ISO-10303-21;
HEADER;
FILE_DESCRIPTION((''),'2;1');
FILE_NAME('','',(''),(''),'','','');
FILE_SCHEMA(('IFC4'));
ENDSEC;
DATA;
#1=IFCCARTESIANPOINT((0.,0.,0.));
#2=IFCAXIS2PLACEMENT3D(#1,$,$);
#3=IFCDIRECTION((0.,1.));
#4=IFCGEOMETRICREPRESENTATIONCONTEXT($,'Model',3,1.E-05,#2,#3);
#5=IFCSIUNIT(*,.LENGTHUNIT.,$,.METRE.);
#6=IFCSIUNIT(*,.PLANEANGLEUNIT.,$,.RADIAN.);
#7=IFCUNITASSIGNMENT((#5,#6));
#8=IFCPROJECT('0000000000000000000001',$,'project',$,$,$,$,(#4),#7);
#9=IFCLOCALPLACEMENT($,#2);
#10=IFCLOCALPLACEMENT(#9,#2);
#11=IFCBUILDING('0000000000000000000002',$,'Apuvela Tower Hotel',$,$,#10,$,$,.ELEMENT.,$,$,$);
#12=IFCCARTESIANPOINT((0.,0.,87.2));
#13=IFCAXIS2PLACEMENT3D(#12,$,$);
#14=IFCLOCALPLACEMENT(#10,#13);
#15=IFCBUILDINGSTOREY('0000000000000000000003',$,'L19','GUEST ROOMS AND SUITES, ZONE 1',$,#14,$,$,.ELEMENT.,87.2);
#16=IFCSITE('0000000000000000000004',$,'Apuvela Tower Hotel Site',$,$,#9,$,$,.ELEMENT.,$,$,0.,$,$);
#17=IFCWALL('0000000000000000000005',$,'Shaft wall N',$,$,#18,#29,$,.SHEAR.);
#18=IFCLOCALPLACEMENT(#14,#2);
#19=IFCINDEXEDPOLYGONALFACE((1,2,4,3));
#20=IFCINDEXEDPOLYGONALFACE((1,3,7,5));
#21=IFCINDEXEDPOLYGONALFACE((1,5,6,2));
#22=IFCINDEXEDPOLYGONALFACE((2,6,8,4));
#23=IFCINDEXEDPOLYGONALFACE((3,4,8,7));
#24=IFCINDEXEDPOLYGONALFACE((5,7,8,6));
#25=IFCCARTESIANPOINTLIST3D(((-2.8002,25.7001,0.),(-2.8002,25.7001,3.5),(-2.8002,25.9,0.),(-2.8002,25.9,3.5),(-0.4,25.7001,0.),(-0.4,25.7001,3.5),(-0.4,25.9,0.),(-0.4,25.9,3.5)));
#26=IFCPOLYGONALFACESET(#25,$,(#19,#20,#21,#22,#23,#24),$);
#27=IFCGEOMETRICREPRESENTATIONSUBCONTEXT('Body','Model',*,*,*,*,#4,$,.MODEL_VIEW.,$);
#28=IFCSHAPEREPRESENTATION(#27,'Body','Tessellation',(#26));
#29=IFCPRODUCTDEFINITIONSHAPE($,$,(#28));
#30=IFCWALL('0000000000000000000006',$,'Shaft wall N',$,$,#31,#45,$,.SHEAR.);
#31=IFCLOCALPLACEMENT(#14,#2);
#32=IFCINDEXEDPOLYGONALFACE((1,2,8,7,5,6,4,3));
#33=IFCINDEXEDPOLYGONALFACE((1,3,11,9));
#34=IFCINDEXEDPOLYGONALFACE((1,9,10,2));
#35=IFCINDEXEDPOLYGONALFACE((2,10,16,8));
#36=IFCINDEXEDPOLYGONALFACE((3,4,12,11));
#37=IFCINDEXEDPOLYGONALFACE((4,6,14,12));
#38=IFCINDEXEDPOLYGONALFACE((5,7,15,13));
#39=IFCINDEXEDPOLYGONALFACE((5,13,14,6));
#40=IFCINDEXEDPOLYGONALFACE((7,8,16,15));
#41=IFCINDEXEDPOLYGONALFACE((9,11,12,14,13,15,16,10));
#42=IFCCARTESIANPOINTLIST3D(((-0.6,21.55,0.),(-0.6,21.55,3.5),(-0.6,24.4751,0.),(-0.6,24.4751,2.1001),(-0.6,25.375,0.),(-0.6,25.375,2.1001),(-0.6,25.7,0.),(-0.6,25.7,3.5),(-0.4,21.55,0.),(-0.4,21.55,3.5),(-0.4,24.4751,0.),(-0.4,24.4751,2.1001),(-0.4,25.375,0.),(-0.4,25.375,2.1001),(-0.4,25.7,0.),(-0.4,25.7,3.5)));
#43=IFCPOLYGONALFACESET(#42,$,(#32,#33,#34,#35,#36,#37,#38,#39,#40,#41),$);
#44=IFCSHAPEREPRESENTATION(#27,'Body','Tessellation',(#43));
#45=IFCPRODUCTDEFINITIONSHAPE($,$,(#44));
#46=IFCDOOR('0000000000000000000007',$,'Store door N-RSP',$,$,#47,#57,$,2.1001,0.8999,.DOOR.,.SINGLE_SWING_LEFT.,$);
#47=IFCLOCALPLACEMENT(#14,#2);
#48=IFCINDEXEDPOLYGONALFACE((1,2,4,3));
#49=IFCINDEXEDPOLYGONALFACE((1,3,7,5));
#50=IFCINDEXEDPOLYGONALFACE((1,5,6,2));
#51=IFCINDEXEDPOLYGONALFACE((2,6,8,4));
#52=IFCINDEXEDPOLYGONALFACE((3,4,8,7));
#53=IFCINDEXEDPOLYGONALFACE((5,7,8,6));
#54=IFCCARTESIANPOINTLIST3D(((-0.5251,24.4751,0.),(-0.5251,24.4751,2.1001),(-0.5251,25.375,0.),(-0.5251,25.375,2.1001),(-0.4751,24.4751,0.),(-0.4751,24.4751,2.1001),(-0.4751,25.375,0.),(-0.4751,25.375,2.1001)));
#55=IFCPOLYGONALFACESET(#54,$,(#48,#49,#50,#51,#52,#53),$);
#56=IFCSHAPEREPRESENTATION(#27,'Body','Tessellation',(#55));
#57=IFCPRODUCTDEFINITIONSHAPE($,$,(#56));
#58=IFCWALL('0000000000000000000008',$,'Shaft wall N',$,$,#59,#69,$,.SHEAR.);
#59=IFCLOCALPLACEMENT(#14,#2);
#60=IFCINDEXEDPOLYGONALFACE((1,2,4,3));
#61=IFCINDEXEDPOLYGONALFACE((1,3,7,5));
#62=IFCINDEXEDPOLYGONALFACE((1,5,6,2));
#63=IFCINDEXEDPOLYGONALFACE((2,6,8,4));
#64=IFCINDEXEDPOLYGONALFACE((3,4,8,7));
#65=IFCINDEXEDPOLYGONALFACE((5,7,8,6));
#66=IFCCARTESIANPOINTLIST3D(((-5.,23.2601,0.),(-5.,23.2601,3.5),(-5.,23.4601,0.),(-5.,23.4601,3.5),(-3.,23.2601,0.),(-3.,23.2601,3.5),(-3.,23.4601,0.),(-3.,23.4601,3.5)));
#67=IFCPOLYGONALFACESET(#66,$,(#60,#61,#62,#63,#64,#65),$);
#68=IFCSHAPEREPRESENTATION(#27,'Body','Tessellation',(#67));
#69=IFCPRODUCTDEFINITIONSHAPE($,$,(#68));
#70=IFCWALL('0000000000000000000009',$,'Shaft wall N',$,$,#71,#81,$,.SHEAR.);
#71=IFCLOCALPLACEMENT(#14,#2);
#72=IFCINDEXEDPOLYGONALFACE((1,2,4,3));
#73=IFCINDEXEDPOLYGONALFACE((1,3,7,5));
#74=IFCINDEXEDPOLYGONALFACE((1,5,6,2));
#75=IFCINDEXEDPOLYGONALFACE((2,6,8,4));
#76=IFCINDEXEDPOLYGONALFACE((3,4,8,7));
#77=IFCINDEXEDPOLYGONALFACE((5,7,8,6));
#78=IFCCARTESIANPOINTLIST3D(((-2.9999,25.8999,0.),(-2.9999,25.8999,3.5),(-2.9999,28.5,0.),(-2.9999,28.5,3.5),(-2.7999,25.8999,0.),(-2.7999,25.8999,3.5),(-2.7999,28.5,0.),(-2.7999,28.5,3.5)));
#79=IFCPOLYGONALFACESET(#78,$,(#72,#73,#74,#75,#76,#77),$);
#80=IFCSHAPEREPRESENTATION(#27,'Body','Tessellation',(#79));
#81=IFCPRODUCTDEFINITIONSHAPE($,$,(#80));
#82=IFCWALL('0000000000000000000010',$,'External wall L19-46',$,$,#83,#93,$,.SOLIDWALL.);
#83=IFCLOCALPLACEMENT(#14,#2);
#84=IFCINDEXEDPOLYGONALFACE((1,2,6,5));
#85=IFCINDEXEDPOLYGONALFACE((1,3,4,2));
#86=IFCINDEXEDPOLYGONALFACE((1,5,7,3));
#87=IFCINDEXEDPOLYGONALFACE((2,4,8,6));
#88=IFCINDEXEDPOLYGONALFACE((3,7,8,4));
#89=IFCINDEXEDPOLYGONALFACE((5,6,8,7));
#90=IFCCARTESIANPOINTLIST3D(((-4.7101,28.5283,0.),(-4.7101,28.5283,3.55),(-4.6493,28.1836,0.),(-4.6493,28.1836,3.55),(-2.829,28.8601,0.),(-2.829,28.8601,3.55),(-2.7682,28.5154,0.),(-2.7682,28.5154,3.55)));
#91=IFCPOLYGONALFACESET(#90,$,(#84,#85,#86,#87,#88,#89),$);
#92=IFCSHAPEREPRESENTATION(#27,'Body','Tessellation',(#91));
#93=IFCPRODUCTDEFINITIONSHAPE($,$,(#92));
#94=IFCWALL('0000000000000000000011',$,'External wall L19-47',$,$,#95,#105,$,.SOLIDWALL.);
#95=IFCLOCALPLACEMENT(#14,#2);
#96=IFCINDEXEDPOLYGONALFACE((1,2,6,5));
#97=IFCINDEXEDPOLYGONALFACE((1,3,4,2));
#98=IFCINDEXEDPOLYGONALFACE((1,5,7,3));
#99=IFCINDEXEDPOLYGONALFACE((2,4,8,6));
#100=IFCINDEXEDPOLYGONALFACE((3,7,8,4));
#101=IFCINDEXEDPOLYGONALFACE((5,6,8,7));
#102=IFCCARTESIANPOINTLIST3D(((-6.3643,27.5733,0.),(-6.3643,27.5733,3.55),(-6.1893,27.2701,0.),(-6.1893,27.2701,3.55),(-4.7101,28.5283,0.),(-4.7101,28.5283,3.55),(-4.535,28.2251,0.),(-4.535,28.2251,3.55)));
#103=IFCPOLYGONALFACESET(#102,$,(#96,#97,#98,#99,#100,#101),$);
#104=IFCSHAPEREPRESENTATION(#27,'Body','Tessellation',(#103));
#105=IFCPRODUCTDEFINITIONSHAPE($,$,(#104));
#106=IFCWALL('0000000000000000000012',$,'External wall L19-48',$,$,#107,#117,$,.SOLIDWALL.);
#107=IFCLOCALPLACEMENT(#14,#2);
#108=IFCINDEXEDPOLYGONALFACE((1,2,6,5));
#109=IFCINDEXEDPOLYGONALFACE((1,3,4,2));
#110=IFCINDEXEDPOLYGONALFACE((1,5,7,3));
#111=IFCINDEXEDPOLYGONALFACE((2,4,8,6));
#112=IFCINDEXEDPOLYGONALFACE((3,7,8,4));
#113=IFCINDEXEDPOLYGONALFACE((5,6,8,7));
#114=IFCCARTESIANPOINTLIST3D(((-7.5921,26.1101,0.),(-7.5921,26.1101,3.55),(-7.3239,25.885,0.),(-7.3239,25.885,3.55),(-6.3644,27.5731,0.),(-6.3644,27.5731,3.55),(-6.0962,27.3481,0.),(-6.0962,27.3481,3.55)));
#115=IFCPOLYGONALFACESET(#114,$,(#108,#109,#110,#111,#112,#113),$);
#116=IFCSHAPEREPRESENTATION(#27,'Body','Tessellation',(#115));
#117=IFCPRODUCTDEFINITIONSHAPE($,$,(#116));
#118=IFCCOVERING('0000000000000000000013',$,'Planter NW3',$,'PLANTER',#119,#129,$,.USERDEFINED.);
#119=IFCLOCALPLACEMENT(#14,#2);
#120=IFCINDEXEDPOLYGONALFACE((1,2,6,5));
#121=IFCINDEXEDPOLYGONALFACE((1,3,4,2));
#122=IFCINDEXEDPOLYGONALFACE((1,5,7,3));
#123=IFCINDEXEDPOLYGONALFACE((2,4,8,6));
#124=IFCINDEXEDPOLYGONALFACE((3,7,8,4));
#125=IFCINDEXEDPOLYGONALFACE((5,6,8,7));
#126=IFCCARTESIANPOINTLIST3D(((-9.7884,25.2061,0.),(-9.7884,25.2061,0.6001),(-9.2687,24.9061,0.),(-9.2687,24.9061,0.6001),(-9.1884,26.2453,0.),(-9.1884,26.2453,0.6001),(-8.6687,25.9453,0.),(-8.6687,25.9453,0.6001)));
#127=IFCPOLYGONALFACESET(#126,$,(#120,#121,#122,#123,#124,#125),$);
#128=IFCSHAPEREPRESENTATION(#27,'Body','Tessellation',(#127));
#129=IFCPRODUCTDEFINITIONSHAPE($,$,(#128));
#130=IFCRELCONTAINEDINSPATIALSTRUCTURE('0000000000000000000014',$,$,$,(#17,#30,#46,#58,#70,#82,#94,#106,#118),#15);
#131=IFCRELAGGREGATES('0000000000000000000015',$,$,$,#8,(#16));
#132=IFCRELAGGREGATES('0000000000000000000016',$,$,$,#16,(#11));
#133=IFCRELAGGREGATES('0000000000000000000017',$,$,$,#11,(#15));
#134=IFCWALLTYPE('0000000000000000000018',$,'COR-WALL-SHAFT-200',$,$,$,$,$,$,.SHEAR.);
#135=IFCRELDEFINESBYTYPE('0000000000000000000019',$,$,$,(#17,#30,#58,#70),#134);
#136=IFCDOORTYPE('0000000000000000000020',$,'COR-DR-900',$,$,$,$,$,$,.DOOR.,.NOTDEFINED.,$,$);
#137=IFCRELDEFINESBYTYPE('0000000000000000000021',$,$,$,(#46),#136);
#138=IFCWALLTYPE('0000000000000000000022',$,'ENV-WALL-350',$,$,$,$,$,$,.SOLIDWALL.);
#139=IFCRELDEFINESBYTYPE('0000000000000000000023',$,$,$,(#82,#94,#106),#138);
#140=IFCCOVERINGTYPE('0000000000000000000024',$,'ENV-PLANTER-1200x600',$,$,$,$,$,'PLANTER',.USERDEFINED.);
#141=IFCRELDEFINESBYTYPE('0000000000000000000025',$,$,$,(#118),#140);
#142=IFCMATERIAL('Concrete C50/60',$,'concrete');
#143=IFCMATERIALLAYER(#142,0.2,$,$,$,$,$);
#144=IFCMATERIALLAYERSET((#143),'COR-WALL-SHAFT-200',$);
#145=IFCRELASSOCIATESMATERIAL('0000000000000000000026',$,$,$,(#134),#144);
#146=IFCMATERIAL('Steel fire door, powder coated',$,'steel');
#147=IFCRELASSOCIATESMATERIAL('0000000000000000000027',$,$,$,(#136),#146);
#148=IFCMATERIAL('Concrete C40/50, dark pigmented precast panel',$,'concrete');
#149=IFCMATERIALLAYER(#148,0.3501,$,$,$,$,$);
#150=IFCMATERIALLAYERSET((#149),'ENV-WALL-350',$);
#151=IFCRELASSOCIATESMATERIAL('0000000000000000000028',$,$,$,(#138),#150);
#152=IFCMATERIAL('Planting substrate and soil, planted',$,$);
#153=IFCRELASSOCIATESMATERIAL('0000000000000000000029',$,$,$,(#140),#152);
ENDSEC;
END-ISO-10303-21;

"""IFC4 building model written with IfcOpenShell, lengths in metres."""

from ifc_helpers import new_model, si_unit, direction, frame, frame_2d, origin, origin_2d, place, context, subcontext, project, spatial, rectangle, extrude, material, layer, layer_set, type_object, element, fill, save


model = new_model("IFC4")

# Units and contexts
model_context = context("Model", 3, precision=1e-05, world=origin(), true_north=direction((0.0, 1.0)))
body_context = subcontext(model_context, "Body", "Model", "MODEL_VIEW")
ifc_project = project(units=[si_unit("LENGTHUNIT", "METRE"), si_unit("PLANEANGLEUNIT", "RADIAN")], contexts=[model_context])

# Site, building, storey
site_placement = place(None, origin())
site = spatial("IfcSite", under=ifc_project, at=site_placement, Name="Apuvela Tower Hotel Site", CompositionType="ELEMENT", RefElevation=0.0)
building_placement = place(site_placement, origin())
building = spatial("IfcBuilding", under=site, at=building_placement, Name="Apuvela Tower Hotel", CompositionType="ELEMENT")
storey_placement = place(building_placement, frame((0.0, 0.0, 87.2)))
storey = spatial("IfcBuildingStorey", under=building, at=storey_placement, Name="L19", Description="GUEST ROOMS AND SUITES, ZONE 1", CompositionType="ELEMENT", Elevation=87.2)

# Wall
ifc_material_1 = material(Name="Concrete C50/60", Category="concrete")
ifc_layer_1 = layer(ifc_material_1, 0.2)
ifc_layer_set_1 = layer_set([ifc_layer_1], Name="COR-WALL-SHAFT-200")
wall_type_1 = type_object("IfcWallType", Name="COR-WALL-SHAFT-200", PredefinedType="SHEAR", material=ifc_layer_set_1)
wall_1_placement = place(storey_placement, frame((-0.3999, 25.8, 0.0), z_axis=(0.0, 0.0, 1.0), x_axis=(-1.0, 0.0, 0.0)))
element("IfcWall", 1, at=wall_1_placement, inside=storey, type_object=wall_type_1, Name="Shaft wall N", PredefinedType="SHEAR", context=body_context, shape_type="SweptSolid", body=[
    extrude(rectangle(XDim=2.4001, YDim=0.2, at=frame_2d((1.2002, 0.0))), origin(), (0.0, 0.0, 1.0), 3.5),
])

# Wall, opening, door
wall_2_placement = place(storey_placement, frame((-0.5, 21.55, 0.0), z_axis=(0.0, 0.0, 1.0), x_axis=(0.0, 1.0, 0.0)))
wall_2 = element("IfcWall", 2, at=wall_2_placement, inside=storey, type_object=wall_type_1, Name="Shaft wall N", PredefinedType="SHEAR", context=body_context, shape_type="SweptSolid", body=[
    extrude(rectangle(XDim=4.1499, YDim=0.2, at=frame_2d((2.075, 0.0))), origin(), (0.0, 0.0, 1.0), 3.5),
])
opening_1_placement = place(wall_2_placement, frame((2.925, 0.0, 0.0)))
opening_1 = element("IfcOpeningElement", 3, at=opening_1_placement, cuts=wall_2, PredefinedType="OPENING", context=body_context, shape_type="SweptSolid", body=[
    extrude(rectangle(XDim=0.8999, YDim=2.1001, at=frame_2d((0.45, 1.05))), frame((0.0, 0.1099, 0.0), z_axis=(0.0, -1.0, 0.0), x_axis=(1.0, 0.0, 0.0)), (0.0, 0.0, 1.0), 0.22),
])
ifc_material_2 = material(Name="Steel fire door, powder coated", Category="steel")
door_type_1 = type_object("IfcDoorType", Name="COR-DR-900", OperationType="NOTDEFINED", PredefinedType="DOOR", material=ifc_material_2)
door_1_placement = place(opening_1_placement, frame((0.8999, 0.0, 0.0), z_axis=(0.0, 0.0, 1.0), x_axis=(-1.0, 0.0, 0.0)))
door_1 = element("IfcDoor", 4, at=door_1_placement, inside=storey, type_object=door_type_1, Name="Store door N-RSP", OperationType="SINGLE_SWING_LEFT", OverallHeight=2.1001, OverallWidth=0.8999, PredefinedType="DOOR", context=body_context, shape_type="SweptSolid", body=[
    extrude(rectangle(XDim=0.8999, YDim=2.1001, at=frame_2d((0.45, 1.05))), frame((0.0, 0.0249, 0.0), z_axis=(0.0, -1.0, 0.0), x_axis=(1.0, 0.0, 0.0)), (0.0, 0.0, 1.0), 0.05),
])
fill(opening_1, door_1)

# Walls
wall_3_placement = place(storey_placement, frame((-3.0, 23.3601, 0.0), z_axis=(0.0, 0.0, 1.0), x_axis=(-1.0, 0.0, 0.0)))
element("IfcWall", 5, at=wall_3_placement, inside=storey, type_object=wall_type_1, Name="Shaft wall N", PredefinedType="SHEAR", context=body_context, shape_type="SweptSolid", body=[
    extrude(rectangle(XDim=2.0, YDim=0.2, at=frame_2d((1.0, 0.0))), origin(), (0.0, 0.0, 1.0), 3.5),
])
wall_4_placement = place(storey_placement, frame((-2.8999, 25.8999, 0.0), z_axis=(0.0, 0.0, 1.0), x_axis=(0.0, 1.0, 0.0)))
element("IfcWall", 6, at=wall_4_placement, inside=storey, type_object=wall_type_1, Name="Shaft wall N", PredefinedType="SHEAR", context=body_context, shape_type="SweptSolid", body=[
    extrude(rectangle(XDim=2.6001, YDim=0.2, at=frame_2d((1.3, 0.0))), origin(), (0.0, 0.0, 1.0), 3.5),
])

# Shared definitions
ifc_material_3 = material(Name="Concrete C40/50, dark pigmented precast panel", Category="concrete")
ifc_layer_2 = layer(ifc_material_3, 0.3501)
ifc_layer_set_2 = layer_set([ifc_layer_2], Name="ENV-WALL-350")
wall_type_2 = type_object("IfcWallType", Name="ENV-WALL-350", PredefinedType="SOLIDWALL", material=ifc_layer_set_2)

# Walls
for number, where, z_axis, x_axis, name in (
    (7, (-2.7986, 28.6877, 0.0), (0.0, 0.0, 1.0), (-0.984799, -0.173698, 0.0), "External wall L19-46"),
    (8, (-4.6226, 28.3767, 0.0), (0.0, 0.0, 1.0), (-0.866032, -0.499988, 0.0), "External wall L19-47"),
):
    element("IfcWall", number, at=place(storey_placement, frame(where, z_axis=z_axis, x_axis=x_axis)), inside=storey, type_object=wall_type_2, Name=name, PredefinedType="SOLIDWALL", context=body_context, shape_type="SweptSolid", body=[
        extrude(rectangle(XDim=1.9102, YDim=0.3501, at=frame_2d((0.9551, 0.0))), origin(), (0.0, 0.0, 1.0), 3.55),
    ])
wall_5_placement = place(storey_placement, frame((-6.2302, 27.4607, 0.0), z_axis=(0.0, 0.0, 1.0), x_axis=(-0.642808, -0.766027, 0.0)))
element("IfcWall", 9, at=wall_5_placement, inside=storey, type_object=wall_type_2, Name="External wall L19-48", PredefinedType="SOLIDWALL", context=body_context, shape_type="SweptSolid", body=[
    extrude(rectangle(XDim=1.9099, YDim=0.3501, at=frame_2d((0.9551, 0.0))), origin(), (0.0, 0.0, 1.0), 3.55),
])

# Covering
ifc_material_4 = material(Name="Planting substrate and soil, planted")
covering_type = type_object("IfcCoveringType", Name="ENV-PLANTER-1200x600", ElementType="PLANTER", PredefinedType="USERDEFINED", material=ifc_material_4)
covering_placement = place(storey_placement, frame((-9.2285, 25.5757, 0.0), z_axis=(0.0, 0.0, 1.0), x_axis=(-0.5, -0.866025, 0.0)))
element("IfcCovering", 10, at=covering_placement, inside=storey, type_object=covering_type, Name="Planter NW3", ObjectType="PLANTER", PredefinedType="USERDEFINED", context=body_context, shape_type="SweptSolid", body=[
    extrude(rectangle(XDim=1.2, YDim=0.6001, at=origin_2d()), origin(), (0.0, 0.0, 1.0), 0.6001),
])

save(model, "model.ifc")
